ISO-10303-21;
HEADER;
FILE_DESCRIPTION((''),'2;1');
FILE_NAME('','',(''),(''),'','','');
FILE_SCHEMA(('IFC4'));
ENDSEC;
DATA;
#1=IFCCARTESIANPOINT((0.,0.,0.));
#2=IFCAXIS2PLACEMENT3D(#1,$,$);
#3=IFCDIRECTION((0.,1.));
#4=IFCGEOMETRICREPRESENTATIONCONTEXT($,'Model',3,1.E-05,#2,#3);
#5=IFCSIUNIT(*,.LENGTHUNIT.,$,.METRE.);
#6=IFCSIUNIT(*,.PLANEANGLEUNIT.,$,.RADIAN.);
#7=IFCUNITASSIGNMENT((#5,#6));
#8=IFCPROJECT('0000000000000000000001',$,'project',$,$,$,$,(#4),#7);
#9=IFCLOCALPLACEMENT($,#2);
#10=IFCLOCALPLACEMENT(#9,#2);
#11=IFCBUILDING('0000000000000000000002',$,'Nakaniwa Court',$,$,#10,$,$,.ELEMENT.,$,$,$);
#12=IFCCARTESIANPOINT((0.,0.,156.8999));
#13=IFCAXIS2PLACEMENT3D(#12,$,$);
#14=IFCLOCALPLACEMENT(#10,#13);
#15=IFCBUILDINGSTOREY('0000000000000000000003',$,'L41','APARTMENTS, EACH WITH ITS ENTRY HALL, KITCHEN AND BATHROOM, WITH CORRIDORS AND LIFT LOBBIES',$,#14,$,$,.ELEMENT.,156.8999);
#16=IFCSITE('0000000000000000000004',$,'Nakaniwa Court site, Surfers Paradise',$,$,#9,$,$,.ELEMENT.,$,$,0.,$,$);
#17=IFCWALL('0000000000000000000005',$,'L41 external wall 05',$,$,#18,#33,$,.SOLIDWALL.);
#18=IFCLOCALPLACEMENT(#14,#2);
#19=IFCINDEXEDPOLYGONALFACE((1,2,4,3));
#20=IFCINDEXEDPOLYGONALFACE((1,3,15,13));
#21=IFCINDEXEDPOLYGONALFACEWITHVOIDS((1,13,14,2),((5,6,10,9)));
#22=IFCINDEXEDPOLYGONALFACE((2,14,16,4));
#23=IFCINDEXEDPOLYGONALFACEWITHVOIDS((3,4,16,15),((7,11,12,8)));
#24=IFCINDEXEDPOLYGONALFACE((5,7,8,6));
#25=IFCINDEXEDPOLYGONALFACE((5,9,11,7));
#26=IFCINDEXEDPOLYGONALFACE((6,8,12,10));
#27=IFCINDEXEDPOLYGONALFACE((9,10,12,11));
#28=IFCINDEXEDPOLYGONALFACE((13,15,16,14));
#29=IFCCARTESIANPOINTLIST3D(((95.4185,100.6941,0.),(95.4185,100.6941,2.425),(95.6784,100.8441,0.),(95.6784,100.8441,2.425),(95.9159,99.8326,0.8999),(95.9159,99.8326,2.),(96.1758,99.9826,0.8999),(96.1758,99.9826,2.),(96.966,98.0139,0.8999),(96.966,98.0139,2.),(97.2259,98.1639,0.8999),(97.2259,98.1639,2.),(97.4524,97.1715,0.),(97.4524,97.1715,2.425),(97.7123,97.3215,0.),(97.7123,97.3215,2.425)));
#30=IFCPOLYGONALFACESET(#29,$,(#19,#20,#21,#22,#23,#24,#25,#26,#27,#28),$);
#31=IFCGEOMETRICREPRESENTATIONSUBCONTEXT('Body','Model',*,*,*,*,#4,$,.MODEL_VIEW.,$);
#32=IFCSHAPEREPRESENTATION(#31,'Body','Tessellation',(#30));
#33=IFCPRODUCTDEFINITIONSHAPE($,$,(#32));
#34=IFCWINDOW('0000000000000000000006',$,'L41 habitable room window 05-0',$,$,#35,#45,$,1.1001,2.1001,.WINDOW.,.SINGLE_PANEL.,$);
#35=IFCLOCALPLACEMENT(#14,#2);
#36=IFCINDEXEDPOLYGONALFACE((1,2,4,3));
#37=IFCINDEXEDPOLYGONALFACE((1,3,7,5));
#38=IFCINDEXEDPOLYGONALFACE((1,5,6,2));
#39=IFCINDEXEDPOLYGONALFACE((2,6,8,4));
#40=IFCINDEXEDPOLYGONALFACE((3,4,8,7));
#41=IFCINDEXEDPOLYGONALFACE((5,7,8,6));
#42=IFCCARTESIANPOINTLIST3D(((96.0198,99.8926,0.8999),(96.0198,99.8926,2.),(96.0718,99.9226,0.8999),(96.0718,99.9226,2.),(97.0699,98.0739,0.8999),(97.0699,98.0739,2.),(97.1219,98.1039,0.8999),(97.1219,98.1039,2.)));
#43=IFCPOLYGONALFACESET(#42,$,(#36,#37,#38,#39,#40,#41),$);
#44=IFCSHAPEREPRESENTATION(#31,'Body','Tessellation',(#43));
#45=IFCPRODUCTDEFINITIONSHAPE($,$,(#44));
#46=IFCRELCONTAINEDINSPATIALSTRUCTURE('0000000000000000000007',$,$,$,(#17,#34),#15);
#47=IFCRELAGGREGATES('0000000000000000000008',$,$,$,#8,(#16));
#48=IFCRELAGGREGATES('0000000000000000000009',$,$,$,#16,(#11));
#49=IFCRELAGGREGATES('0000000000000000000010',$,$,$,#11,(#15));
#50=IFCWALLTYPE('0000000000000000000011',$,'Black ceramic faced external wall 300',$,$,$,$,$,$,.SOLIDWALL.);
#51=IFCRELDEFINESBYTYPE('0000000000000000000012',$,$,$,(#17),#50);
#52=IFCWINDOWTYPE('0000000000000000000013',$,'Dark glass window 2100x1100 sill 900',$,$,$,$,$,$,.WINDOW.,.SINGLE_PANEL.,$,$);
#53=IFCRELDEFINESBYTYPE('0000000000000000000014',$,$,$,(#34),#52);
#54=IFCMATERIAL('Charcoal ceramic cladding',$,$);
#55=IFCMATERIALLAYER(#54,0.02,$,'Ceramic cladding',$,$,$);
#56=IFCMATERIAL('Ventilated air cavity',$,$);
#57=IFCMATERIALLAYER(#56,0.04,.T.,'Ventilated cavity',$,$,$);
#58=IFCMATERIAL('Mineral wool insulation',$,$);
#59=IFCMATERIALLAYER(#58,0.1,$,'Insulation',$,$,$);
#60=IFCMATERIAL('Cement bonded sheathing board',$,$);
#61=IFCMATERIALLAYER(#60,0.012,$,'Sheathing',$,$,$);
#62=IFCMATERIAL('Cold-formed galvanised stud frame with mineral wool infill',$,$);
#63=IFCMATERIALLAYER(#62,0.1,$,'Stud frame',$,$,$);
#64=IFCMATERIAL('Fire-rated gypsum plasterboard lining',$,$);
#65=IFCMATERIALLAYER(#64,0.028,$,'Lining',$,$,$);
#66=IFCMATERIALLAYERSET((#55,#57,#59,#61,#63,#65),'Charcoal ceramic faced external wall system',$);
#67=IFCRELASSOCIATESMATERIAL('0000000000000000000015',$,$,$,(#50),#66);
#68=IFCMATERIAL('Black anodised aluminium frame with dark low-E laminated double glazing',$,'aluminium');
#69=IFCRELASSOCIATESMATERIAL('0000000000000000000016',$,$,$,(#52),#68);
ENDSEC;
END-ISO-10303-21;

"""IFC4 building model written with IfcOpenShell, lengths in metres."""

from ifc_helpers import new_model, si_unit, direction, frame, frame_2d, origin, place, context, subcontext, project, spatial, rectangle, extrude, material, layer, layer_set, type_object, element, fill, save


model = new_model("IFC4")

# Units and contexts
model_context = context("Model", 3, precision=1e-05, world=origin(), true_north=direction((0.0, 1.0)))
body_context = subcontext(model_context, "Body", "Model", "MODEL_VIEW")
ifc_project = project(units=[si_unit("LENGTHUNIT", "METRE"), si_unit("PLANEANGLEUNIT", "RADIAN")], contexts=[model_context])

# Site, building, storey
site_placement = place(None, origin())
site = spatial("IfcSite", under=ifc_project, at=site_placement, Name="Nakaniwa Court site, Surfers Paradise", CompositionType="ELEMENT", RefElevation=0.0)
building_placement = place(site_placement, origin())
building = spatial("IfcBuilding", under=site, at=building_placement, Name="Nakaniwa Court", CompositionType="ELEMENT")
storey_placement = place(building_placement, frame((0.0, 0.0, 156.8999)))
storey = spatial("IfcBuildingStorey", under=building, at=storey_placement, Name="L41", Description="APARTMENTS, EACH WITH ITS ENTRY HALL, KITCHEN AND BATHROOM, WITH CORRIDORS AND LIFT LOBBIES", CompositionType="ELEMENT", Elevation=156.8999)

# Wall, opening, window
ifc_material_1 = material(Name="Charcoal ceramic cladding")
ifc_layer_1 = layer(ifc_material_1, 0.02, Name="Ceramic cladding")
ifc_material_2 = material(Name="Ventilated air cavity")
ifc_layer_2 = layer(ifc_material_2, 0.04, ventilated=True, Name="Ventilated cavity")
ifc_material_3 = material(Name="Mineral wool insulation")
ifc_layer_3 = layer(ifc_material_3, 0.1, Name="Insulation")
ifc_material_4 = material(Name="Cement bonded sheathing board")
ifc_layer_4 = layer(ifc_material_4, 0.012, Name="Sheathing")
ifc_material_5 = material(Name="Cold-formed galvanised stud frame with mineral wool infill")
ifc_layer_5 = layer(ifc_material_5, 0.1, Name="Stud frame")
ifc_material_6 = material(Name="Fire-rated gypsum plasterboard lining")
ifc_layer_6 = layer(ifc_material_6, 0.028, Name="Lining")
ifc_layer_set_1 = layer_set([ifc_layer_1, ifc_layer_2, ifc_layer_3, ifc_layer_4, ifc_layer_5, ifc_layer_6], Name="Charcoal ceramic faced external wall system")
wall_type_1 = type_object("IfcWallType", Name="Black ceramic faced external wall 300", PredefinedType="SOLIDWALL", material=ifc_layer_set_1)
ifc_material_7 = material(Name="Black anodised aluminium frame with dark low-E laminated double glazing", Category="aluminium")
window_type = type_object("IfcWindowType", Name="Dark glass window 2100x1100 sill 900", PartitioningType="SINGLE_PANEL", PredefinedType="WINDOW", material=ifc_material_7)
wall_1_placement = place(storey_placement, frame((97.5823, 97.2466, 0.0), z_axis=(0.0, 0.0, 1.0), x_axis=(-0.500019, 0.866015, 0.0)))
wall_1 = element("IfcWall", 1, at=wall_1_placement, inside=storey, type_object=wall_type_1, Name="L41 external wall 05", PredefinedType="SOLIDWALL", context=body_context, shape_type="SweptSolid", body=[
    extrude(rectangle(XDim=4.0676, YDim=0.3, at=frame_2d((2.0337, 0.0))), origin(), (0.0, 0.0, 1.0), 2.425),
])
opening_1_placement = place(wall_1_placement, frame((0.9727, 0.0, 0.8999)))
opening_1 = element("IfcOpeningElement", 2, at=opening_1_placement, cuts=wall_1, PredefinedType="OPENING", context=body_context, shape_type="SweptSolid", body=[
    extrude(rectangle(XDim=2.1001, YDim=1.1001, at=frame_2d((1.05, 0.55))), frame((0.0, 0.1599, 0.0), z_axis=(0.0, -1.0, 0.0), x_axis=(1.0, 0.0, 0.0)), (0.0, 0.0, 1.0), 0.3201),
])
window_1_placement = place(opening_1_placement, origin())
window_1 = element("IfcWindow", 3, at=window_1_placement, inside=storey, type_object=window_type, Name="L41 habitable room window 05-0", OverallHeight=1.1001, OverallWidth=2.1001, PartitioningType="SINGLE_PANEL", PredefinedType="WINDOW", context=body_context, shape_type="SweptSolid", body=[
    extrude(rectangle(XDim=2.1001, YDim=1.1001, at=frame_2d((1.05, 0.55))), frame((0.0, 0.03, 0.0), z_axis=(0.0, -1.0, 0.0), x_axis=(1.0, 0.0, 0.0)), (0.0, 0.0, 1.0), 0.0601),
])
fill(opening_1, window_1)

save(model, "model.ifc")
